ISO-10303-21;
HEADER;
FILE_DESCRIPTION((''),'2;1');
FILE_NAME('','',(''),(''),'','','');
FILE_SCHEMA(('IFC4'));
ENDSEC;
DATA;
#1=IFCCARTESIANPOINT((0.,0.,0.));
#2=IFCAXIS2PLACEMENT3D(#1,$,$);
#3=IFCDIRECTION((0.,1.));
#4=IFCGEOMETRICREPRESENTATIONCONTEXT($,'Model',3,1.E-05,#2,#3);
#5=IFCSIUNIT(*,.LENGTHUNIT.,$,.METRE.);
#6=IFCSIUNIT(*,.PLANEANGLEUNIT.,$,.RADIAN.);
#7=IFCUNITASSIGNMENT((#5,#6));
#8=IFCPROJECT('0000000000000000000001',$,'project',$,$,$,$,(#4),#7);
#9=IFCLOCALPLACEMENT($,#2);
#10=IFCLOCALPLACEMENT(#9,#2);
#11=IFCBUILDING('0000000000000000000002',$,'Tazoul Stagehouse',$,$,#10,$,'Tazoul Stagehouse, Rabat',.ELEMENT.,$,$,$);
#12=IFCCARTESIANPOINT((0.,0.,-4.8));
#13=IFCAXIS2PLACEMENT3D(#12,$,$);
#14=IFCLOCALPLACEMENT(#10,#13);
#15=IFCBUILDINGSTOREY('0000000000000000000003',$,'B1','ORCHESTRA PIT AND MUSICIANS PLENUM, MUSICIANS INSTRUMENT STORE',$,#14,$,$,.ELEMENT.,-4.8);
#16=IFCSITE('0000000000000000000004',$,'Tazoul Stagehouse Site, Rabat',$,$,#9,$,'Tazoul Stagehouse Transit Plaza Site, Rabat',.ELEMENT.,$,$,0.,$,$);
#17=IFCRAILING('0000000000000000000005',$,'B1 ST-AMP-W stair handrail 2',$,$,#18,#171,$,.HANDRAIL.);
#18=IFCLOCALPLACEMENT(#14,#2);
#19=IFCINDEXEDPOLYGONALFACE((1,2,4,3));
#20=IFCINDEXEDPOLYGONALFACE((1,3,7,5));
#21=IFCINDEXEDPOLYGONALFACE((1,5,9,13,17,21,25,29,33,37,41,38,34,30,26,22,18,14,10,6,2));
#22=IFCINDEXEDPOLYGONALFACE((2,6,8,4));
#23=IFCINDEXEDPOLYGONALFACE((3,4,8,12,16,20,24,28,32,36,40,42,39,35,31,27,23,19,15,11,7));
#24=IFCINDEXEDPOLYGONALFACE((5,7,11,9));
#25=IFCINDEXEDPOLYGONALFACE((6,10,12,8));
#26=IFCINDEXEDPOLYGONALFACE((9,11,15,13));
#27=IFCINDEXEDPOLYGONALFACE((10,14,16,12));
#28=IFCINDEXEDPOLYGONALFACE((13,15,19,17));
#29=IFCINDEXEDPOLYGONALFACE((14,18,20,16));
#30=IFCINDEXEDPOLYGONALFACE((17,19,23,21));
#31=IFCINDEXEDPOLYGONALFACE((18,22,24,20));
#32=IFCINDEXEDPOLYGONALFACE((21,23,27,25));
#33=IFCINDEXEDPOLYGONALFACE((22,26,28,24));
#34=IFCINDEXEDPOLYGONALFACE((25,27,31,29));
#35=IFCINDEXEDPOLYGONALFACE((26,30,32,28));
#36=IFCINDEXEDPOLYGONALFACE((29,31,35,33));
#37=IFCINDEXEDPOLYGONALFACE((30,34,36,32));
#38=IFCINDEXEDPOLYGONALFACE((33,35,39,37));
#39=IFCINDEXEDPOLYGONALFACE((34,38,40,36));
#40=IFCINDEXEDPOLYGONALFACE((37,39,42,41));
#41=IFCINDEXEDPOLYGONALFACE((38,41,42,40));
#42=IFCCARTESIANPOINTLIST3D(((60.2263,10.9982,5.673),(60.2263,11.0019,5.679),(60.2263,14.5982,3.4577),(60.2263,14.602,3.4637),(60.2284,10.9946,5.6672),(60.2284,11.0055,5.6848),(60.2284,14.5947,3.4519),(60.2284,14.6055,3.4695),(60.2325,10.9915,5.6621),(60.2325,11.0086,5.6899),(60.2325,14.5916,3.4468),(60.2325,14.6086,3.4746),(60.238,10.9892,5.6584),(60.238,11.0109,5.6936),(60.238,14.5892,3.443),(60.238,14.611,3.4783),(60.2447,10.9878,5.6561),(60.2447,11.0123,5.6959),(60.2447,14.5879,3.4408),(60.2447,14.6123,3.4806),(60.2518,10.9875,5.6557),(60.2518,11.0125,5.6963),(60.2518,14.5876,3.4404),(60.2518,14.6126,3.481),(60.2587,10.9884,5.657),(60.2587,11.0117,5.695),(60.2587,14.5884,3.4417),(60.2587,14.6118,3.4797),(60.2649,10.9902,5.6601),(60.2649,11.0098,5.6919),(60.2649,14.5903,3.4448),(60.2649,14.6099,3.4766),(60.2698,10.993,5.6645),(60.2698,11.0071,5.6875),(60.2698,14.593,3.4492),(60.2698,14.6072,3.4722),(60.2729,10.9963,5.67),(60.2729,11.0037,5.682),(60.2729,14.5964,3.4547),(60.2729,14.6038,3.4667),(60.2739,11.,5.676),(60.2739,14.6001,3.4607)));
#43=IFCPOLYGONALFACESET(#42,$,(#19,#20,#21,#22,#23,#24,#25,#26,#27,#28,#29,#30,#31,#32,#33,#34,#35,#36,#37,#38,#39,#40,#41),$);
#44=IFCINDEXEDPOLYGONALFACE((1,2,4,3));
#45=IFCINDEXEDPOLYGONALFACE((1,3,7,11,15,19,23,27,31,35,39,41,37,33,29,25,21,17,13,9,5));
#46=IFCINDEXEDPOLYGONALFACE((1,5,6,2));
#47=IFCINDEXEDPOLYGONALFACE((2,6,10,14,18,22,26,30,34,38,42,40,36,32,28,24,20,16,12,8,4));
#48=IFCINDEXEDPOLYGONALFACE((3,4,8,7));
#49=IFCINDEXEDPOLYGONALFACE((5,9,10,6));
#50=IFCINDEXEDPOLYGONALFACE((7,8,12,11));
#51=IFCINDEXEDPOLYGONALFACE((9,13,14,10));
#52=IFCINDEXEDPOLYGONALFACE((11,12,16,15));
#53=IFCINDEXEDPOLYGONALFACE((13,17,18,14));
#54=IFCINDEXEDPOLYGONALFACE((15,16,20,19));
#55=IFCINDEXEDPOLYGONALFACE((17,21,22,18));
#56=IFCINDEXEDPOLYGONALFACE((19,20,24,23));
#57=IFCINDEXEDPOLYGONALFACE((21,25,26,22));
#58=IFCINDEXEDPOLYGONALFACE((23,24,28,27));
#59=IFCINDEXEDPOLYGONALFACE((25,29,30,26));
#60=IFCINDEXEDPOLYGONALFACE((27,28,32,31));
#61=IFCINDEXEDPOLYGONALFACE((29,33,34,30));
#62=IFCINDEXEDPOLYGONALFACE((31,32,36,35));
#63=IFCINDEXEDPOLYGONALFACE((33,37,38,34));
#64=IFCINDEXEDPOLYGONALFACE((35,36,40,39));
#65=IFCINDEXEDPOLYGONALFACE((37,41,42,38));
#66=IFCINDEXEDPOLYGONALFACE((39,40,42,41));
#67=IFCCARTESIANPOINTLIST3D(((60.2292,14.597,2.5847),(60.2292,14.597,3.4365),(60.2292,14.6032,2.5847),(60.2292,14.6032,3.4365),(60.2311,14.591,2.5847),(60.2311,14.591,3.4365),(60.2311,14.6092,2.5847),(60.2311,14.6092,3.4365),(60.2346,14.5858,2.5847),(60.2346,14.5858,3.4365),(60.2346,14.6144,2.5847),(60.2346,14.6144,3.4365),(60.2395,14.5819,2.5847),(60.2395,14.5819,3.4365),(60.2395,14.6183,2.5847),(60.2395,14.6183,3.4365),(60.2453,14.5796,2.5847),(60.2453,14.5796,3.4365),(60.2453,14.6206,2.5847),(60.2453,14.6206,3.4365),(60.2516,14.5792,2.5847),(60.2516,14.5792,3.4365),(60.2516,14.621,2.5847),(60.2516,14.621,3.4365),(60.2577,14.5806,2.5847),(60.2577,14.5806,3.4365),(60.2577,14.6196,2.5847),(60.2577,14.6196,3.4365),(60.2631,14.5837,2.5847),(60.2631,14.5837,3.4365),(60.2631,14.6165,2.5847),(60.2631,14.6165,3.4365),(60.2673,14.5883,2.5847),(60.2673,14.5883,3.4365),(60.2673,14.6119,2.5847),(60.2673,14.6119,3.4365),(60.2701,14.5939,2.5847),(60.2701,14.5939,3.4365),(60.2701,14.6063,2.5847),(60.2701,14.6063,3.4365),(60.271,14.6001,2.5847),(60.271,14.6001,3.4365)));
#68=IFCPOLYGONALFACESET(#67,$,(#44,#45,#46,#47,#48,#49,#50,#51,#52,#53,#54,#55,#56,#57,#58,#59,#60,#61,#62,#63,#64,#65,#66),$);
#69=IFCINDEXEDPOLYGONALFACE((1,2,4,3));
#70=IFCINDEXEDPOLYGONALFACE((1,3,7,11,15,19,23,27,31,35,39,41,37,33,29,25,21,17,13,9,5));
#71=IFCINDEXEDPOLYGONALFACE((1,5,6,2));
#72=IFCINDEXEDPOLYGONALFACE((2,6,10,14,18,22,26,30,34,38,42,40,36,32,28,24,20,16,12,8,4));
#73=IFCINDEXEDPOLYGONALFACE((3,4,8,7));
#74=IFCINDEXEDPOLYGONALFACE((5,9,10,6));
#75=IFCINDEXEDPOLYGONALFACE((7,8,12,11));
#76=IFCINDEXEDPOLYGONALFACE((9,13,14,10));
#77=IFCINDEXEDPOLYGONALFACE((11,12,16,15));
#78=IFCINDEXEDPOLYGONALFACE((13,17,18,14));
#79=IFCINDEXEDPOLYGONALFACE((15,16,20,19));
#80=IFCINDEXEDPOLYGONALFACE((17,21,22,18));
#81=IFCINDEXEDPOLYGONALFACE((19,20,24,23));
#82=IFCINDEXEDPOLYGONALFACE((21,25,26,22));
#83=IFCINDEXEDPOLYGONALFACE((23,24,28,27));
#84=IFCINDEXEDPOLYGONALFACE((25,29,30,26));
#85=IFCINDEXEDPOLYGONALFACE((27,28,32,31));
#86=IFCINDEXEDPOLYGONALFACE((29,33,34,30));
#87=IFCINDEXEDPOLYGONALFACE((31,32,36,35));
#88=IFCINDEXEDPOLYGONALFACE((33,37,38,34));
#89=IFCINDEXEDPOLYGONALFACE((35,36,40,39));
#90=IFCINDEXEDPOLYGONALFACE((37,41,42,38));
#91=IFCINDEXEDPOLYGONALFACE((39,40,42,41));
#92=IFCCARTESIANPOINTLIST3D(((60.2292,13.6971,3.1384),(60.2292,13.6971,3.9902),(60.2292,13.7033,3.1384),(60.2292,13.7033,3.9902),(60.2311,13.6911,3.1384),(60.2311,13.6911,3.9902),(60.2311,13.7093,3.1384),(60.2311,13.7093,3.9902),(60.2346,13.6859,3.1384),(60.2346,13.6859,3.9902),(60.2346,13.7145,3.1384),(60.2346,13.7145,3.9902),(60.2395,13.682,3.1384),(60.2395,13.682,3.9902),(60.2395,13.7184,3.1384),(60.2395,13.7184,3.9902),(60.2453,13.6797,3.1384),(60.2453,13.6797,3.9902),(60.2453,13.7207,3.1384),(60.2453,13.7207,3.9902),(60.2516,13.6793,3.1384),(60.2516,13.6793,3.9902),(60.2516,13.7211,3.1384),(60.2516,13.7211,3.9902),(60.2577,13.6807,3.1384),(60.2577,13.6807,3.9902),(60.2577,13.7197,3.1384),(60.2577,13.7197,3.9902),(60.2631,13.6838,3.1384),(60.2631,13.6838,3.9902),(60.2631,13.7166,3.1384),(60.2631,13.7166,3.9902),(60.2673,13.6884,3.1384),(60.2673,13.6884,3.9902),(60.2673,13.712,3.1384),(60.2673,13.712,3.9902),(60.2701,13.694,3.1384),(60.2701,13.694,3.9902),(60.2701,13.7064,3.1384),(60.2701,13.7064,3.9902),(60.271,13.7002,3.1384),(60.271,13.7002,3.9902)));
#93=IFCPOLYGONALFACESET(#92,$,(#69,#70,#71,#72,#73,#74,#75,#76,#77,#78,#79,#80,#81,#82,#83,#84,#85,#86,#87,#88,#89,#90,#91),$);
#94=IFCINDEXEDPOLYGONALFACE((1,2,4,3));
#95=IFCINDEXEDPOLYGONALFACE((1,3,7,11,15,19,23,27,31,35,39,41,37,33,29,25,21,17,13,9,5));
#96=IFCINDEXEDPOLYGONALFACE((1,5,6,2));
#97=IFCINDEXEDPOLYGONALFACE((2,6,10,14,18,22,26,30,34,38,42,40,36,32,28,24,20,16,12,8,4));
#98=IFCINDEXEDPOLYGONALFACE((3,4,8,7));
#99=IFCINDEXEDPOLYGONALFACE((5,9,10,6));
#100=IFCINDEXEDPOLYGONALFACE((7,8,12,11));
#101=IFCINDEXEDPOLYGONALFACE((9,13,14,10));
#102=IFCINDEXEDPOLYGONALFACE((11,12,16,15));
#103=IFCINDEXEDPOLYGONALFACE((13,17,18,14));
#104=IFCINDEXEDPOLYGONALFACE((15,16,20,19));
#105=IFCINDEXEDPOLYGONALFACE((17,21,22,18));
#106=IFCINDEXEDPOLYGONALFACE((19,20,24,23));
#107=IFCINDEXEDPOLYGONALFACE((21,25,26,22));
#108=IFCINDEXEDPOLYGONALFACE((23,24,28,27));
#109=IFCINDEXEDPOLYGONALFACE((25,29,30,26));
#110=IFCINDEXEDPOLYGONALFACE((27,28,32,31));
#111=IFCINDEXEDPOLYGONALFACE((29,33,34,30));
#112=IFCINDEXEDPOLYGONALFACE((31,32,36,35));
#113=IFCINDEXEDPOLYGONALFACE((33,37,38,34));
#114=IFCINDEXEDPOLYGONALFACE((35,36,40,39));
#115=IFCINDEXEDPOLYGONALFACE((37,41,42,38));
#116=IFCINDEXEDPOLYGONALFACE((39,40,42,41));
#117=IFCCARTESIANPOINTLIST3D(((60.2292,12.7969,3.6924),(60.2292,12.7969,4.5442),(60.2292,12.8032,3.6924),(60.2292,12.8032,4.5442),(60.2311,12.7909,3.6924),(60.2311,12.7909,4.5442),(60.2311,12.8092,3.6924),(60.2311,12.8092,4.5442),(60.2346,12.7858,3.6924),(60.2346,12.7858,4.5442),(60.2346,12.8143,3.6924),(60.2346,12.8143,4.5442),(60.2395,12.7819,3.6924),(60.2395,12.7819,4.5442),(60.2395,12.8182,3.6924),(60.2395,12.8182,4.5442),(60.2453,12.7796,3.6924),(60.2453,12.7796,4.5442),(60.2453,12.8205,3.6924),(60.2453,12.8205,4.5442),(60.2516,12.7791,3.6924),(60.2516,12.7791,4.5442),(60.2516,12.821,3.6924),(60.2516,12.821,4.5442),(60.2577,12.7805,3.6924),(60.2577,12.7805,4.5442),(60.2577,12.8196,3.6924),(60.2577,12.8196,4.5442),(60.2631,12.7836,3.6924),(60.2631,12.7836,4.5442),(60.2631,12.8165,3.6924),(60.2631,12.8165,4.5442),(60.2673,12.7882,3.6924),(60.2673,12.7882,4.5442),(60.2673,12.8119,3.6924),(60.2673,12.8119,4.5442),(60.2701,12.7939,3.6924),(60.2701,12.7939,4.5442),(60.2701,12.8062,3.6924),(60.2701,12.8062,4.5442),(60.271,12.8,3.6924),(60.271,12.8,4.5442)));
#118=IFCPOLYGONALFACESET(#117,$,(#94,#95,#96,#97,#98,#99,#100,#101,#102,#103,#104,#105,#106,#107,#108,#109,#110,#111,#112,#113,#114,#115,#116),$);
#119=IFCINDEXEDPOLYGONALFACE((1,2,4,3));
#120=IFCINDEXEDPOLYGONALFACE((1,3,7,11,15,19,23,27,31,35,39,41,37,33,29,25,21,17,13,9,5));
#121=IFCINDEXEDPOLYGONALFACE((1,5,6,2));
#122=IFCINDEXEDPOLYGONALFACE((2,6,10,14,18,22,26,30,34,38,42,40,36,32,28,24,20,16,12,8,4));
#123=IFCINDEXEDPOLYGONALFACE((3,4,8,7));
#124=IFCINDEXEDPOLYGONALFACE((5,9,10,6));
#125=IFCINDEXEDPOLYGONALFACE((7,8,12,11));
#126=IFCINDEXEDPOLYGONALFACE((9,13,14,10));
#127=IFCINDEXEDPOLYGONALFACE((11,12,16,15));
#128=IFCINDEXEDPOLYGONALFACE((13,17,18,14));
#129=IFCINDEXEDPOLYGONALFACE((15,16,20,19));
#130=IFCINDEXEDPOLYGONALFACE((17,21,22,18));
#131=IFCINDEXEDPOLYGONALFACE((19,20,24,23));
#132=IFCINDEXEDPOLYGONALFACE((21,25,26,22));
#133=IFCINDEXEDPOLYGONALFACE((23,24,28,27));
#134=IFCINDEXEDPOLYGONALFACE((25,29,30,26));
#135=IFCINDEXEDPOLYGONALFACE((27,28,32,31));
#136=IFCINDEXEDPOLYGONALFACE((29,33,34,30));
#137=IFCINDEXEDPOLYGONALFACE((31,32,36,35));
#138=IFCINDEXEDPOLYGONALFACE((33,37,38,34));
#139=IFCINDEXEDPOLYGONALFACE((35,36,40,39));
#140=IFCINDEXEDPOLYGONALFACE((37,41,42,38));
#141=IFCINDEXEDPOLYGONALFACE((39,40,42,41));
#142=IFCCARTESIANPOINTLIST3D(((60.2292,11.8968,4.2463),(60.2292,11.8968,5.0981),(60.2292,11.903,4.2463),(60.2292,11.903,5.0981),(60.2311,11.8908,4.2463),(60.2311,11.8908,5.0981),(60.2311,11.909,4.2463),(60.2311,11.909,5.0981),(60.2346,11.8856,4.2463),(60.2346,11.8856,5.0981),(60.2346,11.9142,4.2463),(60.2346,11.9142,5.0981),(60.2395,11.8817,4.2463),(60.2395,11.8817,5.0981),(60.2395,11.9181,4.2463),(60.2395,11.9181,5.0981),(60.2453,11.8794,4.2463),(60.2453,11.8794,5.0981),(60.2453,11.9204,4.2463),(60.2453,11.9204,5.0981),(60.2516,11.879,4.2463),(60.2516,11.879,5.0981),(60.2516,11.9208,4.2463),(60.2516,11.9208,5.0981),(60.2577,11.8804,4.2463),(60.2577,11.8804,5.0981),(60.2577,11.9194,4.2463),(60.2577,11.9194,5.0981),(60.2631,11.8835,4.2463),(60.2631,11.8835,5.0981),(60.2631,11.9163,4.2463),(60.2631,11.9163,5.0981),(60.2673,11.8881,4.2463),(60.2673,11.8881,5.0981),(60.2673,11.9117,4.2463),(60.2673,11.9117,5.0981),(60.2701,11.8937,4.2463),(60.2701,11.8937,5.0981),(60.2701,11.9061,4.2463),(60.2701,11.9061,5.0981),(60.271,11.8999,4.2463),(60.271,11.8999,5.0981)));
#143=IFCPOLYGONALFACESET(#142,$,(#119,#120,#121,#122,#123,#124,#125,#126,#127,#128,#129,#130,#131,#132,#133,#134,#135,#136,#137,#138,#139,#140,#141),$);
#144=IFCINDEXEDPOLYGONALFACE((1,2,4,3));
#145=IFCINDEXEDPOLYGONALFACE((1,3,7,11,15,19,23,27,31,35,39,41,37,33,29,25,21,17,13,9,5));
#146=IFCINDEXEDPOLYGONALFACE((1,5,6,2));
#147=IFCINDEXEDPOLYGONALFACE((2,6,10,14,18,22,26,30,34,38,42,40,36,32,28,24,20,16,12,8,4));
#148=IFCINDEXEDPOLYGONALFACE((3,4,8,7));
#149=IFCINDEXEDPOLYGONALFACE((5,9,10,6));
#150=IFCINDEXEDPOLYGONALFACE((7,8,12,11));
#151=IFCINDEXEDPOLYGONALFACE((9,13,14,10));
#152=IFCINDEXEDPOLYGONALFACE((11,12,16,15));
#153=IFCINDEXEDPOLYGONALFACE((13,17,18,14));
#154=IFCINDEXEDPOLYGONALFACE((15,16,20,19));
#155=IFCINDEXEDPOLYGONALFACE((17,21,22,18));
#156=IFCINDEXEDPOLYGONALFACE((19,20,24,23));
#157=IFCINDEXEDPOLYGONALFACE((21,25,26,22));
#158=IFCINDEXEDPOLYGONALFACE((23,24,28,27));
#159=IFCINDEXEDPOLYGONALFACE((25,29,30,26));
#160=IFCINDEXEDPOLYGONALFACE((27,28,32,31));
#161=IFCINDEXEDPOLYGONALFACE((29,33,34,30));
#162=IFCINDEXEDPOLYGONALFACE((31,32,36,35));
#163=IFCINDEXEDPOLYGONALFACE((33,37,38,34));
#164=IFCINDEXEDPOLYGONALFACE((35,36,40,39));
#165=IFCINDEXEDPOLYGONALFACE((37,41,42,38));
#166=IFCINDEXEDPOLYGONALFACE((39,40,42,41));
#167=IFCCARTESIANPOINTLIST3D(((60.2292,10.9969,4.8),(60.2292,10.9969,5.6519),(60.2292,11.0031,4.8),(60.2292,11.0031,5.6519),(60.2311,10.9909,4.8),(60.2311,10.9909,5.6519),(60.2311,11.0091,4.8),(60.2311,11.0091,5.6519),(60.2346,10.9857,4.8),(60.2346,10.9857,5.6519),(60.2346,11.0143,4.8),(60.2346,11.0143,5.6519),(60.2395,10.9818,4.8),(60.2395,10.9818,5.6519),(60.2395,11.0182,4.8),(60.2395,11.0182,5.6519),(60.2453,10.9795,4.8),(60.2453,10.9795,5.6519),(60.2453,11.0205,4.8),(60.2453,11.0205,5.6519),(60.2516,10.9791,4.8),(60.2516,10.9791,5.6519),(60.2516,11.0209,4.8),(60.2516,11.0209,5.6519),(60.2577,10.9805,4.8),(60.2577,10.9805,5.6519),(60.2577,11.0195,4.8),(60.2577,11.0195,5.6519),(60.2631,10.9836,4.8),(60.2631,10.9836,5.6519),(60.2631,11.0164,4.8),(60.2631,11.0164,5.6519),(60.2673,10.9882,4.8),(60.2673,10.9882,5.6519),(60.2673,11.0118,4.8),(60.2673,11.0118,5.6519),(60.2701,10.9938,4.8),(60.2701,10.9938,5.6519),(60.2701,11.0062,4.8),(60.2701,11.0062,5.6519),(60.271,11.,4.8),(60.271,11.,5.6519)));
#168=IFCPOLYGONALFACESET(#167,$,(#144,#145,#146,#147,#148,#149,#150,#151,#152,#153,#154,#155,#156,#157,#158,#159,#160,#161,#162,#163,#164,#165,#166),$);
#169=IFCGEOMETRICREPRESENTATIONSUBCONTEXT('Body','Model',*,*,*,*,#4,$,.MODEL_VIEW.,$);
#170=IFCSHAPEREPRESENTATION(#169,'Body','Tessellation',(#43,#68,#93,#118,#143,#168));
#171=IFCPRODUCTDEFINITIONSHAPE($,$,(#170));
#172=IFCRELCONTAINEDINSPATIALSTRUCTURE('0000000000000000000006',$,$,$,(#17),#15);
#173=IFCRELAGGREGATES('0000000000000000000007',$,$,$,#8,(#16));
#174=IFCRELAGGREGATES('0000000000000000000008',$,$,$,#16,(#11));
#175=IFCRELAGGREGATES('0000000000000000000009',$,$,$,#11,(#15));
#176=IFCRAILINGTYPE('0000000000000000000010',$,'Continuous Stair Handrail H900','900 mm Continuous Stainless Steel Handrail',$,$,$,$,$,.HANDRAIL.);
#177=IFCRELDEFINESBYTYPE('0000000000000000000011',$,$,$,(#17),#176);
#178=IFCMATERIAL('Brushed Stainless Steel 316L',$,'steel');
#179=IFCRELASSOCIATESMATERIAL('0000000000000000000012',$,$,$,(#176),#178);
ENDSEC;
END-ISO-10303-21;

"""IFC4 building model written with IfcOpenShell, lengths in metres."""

from ifc_helpers import new_model, si_unit, direction, frame, origin, origin_2d, place, context, subcontext, project, spatial, circle, extrude, material, material_profile, profile_set, type_object, element, save


model = new_model("IFC4")

# Units and contexts
model_context = context("Model", 3, precision=1e-05, world=origin(), true_north=direction((0.0, 1.0)))
body_context = subcontext(model_context, "Body", "Model", "MODEL_VIEW")
ifc_project = project(units=[si_unit("LENGTHUNIT", "METRE"), si_unit("PLANEANGLEUNIT", "RADIAN")], contexts=[model_context])

# Site, building, storey
site_placement = place(None, origin())
site = spatial("IfcSite", under=ifc_project, at=site_placement, Name="Tazoul Stagehouse Site, Rabat", LongName="Tazoul Stagehouse Transit Plaza Site, Rabat", CompositionType="ELEMENT", RefElevation=0.0)
building_placement = place(site_placement, origin())
building = spatial("IfcBuilding", under=site, at=building_placement, Name="Tazoul Stagehouse", LongName="Tazoul Stagehouse, Rabat", CompositionType="ELEMENT")
storey_placement = place(building_placement, frame((0.0, 0.0, -4.8)))
storey = spatial("IfcBuildingStorey", under=building, at=storey_placement, Name="B1", Description="ORCHESTRA PIT AND MUSICIANS PLENUM, MUSICIANS INSTRUMENT STORE", CompositionType="ELEMENT", Elevation=-4.8)

# Railing
ifc_material_1 = material(Name="Brushed Stainless Steel 316L", Category="steel")
ifc_material_profile_1 = material_profile(ifc_material_1, circle(Radius=0.021, at=origin_2d()), Name="SS HANDRAIL D42")
ifc_profile_set_1 = profile_set([ifc_material_profile_1], Name="Brushed Stainless Steel 316L")
railing_type_1 = type_object("IfcRailingType", Name="Continuous Stair Handrail H900", Description="900 mm Continuous Stainless Steel Handrail", PredefinedType="HANDRAIL", material=ifc_profile_set_1)
railing_1_placement = place(storey_placement, frame((60.25, 14.6001, 2.5847)))
element("IfcRailing", 1, at=railing_1_placement, inside=storey, type_object=railing_type_1, Name="B1 ST-AMP-W stair handrail 2", PredefinedType="HANDRAIL", context=body_context, shape_type="SweptSolid", body=[
    extrude(circle(Radius=0.0239, at=origin_2d()), frame((0.0, 0.0, 0.876), z_axis=(0.0, -0.85167, 0.524078), x_axis=(1.0, 0.0, 0.0)), (0.0, 0.0, 1.0), 4.2271),
    extrude(circle(Radius=0.021, at=origin_2d()), origin(), (0.0, 0.0, 1.0), 0.8518),
    extrude(circle(Radius=0.021, at=origin_2d()), frame((0.0, -0.8999, 0.5537)), (0.0, 0.0, 1.0), 0.8518),
    extrude(circle(Radius=0.021, at=origin_2d()), frame((0.0, -1.8, 1.1077)), (0.0, 0.0, 1.0), 0.8518),
    extrude(circle(Radius=0.021, at=origin_2d()), frame((0.0, -2.7002, 1.6616)), (0.0, 0.0, 1.0), 0.8518),
    extrude(circle(Radius=0.021, at=origin_2d()), frame((0.0, -3.6001, 2.2153)), (0.0, 0.0, 1.0), 0.8518),
])

save(model, "model.ifc")
